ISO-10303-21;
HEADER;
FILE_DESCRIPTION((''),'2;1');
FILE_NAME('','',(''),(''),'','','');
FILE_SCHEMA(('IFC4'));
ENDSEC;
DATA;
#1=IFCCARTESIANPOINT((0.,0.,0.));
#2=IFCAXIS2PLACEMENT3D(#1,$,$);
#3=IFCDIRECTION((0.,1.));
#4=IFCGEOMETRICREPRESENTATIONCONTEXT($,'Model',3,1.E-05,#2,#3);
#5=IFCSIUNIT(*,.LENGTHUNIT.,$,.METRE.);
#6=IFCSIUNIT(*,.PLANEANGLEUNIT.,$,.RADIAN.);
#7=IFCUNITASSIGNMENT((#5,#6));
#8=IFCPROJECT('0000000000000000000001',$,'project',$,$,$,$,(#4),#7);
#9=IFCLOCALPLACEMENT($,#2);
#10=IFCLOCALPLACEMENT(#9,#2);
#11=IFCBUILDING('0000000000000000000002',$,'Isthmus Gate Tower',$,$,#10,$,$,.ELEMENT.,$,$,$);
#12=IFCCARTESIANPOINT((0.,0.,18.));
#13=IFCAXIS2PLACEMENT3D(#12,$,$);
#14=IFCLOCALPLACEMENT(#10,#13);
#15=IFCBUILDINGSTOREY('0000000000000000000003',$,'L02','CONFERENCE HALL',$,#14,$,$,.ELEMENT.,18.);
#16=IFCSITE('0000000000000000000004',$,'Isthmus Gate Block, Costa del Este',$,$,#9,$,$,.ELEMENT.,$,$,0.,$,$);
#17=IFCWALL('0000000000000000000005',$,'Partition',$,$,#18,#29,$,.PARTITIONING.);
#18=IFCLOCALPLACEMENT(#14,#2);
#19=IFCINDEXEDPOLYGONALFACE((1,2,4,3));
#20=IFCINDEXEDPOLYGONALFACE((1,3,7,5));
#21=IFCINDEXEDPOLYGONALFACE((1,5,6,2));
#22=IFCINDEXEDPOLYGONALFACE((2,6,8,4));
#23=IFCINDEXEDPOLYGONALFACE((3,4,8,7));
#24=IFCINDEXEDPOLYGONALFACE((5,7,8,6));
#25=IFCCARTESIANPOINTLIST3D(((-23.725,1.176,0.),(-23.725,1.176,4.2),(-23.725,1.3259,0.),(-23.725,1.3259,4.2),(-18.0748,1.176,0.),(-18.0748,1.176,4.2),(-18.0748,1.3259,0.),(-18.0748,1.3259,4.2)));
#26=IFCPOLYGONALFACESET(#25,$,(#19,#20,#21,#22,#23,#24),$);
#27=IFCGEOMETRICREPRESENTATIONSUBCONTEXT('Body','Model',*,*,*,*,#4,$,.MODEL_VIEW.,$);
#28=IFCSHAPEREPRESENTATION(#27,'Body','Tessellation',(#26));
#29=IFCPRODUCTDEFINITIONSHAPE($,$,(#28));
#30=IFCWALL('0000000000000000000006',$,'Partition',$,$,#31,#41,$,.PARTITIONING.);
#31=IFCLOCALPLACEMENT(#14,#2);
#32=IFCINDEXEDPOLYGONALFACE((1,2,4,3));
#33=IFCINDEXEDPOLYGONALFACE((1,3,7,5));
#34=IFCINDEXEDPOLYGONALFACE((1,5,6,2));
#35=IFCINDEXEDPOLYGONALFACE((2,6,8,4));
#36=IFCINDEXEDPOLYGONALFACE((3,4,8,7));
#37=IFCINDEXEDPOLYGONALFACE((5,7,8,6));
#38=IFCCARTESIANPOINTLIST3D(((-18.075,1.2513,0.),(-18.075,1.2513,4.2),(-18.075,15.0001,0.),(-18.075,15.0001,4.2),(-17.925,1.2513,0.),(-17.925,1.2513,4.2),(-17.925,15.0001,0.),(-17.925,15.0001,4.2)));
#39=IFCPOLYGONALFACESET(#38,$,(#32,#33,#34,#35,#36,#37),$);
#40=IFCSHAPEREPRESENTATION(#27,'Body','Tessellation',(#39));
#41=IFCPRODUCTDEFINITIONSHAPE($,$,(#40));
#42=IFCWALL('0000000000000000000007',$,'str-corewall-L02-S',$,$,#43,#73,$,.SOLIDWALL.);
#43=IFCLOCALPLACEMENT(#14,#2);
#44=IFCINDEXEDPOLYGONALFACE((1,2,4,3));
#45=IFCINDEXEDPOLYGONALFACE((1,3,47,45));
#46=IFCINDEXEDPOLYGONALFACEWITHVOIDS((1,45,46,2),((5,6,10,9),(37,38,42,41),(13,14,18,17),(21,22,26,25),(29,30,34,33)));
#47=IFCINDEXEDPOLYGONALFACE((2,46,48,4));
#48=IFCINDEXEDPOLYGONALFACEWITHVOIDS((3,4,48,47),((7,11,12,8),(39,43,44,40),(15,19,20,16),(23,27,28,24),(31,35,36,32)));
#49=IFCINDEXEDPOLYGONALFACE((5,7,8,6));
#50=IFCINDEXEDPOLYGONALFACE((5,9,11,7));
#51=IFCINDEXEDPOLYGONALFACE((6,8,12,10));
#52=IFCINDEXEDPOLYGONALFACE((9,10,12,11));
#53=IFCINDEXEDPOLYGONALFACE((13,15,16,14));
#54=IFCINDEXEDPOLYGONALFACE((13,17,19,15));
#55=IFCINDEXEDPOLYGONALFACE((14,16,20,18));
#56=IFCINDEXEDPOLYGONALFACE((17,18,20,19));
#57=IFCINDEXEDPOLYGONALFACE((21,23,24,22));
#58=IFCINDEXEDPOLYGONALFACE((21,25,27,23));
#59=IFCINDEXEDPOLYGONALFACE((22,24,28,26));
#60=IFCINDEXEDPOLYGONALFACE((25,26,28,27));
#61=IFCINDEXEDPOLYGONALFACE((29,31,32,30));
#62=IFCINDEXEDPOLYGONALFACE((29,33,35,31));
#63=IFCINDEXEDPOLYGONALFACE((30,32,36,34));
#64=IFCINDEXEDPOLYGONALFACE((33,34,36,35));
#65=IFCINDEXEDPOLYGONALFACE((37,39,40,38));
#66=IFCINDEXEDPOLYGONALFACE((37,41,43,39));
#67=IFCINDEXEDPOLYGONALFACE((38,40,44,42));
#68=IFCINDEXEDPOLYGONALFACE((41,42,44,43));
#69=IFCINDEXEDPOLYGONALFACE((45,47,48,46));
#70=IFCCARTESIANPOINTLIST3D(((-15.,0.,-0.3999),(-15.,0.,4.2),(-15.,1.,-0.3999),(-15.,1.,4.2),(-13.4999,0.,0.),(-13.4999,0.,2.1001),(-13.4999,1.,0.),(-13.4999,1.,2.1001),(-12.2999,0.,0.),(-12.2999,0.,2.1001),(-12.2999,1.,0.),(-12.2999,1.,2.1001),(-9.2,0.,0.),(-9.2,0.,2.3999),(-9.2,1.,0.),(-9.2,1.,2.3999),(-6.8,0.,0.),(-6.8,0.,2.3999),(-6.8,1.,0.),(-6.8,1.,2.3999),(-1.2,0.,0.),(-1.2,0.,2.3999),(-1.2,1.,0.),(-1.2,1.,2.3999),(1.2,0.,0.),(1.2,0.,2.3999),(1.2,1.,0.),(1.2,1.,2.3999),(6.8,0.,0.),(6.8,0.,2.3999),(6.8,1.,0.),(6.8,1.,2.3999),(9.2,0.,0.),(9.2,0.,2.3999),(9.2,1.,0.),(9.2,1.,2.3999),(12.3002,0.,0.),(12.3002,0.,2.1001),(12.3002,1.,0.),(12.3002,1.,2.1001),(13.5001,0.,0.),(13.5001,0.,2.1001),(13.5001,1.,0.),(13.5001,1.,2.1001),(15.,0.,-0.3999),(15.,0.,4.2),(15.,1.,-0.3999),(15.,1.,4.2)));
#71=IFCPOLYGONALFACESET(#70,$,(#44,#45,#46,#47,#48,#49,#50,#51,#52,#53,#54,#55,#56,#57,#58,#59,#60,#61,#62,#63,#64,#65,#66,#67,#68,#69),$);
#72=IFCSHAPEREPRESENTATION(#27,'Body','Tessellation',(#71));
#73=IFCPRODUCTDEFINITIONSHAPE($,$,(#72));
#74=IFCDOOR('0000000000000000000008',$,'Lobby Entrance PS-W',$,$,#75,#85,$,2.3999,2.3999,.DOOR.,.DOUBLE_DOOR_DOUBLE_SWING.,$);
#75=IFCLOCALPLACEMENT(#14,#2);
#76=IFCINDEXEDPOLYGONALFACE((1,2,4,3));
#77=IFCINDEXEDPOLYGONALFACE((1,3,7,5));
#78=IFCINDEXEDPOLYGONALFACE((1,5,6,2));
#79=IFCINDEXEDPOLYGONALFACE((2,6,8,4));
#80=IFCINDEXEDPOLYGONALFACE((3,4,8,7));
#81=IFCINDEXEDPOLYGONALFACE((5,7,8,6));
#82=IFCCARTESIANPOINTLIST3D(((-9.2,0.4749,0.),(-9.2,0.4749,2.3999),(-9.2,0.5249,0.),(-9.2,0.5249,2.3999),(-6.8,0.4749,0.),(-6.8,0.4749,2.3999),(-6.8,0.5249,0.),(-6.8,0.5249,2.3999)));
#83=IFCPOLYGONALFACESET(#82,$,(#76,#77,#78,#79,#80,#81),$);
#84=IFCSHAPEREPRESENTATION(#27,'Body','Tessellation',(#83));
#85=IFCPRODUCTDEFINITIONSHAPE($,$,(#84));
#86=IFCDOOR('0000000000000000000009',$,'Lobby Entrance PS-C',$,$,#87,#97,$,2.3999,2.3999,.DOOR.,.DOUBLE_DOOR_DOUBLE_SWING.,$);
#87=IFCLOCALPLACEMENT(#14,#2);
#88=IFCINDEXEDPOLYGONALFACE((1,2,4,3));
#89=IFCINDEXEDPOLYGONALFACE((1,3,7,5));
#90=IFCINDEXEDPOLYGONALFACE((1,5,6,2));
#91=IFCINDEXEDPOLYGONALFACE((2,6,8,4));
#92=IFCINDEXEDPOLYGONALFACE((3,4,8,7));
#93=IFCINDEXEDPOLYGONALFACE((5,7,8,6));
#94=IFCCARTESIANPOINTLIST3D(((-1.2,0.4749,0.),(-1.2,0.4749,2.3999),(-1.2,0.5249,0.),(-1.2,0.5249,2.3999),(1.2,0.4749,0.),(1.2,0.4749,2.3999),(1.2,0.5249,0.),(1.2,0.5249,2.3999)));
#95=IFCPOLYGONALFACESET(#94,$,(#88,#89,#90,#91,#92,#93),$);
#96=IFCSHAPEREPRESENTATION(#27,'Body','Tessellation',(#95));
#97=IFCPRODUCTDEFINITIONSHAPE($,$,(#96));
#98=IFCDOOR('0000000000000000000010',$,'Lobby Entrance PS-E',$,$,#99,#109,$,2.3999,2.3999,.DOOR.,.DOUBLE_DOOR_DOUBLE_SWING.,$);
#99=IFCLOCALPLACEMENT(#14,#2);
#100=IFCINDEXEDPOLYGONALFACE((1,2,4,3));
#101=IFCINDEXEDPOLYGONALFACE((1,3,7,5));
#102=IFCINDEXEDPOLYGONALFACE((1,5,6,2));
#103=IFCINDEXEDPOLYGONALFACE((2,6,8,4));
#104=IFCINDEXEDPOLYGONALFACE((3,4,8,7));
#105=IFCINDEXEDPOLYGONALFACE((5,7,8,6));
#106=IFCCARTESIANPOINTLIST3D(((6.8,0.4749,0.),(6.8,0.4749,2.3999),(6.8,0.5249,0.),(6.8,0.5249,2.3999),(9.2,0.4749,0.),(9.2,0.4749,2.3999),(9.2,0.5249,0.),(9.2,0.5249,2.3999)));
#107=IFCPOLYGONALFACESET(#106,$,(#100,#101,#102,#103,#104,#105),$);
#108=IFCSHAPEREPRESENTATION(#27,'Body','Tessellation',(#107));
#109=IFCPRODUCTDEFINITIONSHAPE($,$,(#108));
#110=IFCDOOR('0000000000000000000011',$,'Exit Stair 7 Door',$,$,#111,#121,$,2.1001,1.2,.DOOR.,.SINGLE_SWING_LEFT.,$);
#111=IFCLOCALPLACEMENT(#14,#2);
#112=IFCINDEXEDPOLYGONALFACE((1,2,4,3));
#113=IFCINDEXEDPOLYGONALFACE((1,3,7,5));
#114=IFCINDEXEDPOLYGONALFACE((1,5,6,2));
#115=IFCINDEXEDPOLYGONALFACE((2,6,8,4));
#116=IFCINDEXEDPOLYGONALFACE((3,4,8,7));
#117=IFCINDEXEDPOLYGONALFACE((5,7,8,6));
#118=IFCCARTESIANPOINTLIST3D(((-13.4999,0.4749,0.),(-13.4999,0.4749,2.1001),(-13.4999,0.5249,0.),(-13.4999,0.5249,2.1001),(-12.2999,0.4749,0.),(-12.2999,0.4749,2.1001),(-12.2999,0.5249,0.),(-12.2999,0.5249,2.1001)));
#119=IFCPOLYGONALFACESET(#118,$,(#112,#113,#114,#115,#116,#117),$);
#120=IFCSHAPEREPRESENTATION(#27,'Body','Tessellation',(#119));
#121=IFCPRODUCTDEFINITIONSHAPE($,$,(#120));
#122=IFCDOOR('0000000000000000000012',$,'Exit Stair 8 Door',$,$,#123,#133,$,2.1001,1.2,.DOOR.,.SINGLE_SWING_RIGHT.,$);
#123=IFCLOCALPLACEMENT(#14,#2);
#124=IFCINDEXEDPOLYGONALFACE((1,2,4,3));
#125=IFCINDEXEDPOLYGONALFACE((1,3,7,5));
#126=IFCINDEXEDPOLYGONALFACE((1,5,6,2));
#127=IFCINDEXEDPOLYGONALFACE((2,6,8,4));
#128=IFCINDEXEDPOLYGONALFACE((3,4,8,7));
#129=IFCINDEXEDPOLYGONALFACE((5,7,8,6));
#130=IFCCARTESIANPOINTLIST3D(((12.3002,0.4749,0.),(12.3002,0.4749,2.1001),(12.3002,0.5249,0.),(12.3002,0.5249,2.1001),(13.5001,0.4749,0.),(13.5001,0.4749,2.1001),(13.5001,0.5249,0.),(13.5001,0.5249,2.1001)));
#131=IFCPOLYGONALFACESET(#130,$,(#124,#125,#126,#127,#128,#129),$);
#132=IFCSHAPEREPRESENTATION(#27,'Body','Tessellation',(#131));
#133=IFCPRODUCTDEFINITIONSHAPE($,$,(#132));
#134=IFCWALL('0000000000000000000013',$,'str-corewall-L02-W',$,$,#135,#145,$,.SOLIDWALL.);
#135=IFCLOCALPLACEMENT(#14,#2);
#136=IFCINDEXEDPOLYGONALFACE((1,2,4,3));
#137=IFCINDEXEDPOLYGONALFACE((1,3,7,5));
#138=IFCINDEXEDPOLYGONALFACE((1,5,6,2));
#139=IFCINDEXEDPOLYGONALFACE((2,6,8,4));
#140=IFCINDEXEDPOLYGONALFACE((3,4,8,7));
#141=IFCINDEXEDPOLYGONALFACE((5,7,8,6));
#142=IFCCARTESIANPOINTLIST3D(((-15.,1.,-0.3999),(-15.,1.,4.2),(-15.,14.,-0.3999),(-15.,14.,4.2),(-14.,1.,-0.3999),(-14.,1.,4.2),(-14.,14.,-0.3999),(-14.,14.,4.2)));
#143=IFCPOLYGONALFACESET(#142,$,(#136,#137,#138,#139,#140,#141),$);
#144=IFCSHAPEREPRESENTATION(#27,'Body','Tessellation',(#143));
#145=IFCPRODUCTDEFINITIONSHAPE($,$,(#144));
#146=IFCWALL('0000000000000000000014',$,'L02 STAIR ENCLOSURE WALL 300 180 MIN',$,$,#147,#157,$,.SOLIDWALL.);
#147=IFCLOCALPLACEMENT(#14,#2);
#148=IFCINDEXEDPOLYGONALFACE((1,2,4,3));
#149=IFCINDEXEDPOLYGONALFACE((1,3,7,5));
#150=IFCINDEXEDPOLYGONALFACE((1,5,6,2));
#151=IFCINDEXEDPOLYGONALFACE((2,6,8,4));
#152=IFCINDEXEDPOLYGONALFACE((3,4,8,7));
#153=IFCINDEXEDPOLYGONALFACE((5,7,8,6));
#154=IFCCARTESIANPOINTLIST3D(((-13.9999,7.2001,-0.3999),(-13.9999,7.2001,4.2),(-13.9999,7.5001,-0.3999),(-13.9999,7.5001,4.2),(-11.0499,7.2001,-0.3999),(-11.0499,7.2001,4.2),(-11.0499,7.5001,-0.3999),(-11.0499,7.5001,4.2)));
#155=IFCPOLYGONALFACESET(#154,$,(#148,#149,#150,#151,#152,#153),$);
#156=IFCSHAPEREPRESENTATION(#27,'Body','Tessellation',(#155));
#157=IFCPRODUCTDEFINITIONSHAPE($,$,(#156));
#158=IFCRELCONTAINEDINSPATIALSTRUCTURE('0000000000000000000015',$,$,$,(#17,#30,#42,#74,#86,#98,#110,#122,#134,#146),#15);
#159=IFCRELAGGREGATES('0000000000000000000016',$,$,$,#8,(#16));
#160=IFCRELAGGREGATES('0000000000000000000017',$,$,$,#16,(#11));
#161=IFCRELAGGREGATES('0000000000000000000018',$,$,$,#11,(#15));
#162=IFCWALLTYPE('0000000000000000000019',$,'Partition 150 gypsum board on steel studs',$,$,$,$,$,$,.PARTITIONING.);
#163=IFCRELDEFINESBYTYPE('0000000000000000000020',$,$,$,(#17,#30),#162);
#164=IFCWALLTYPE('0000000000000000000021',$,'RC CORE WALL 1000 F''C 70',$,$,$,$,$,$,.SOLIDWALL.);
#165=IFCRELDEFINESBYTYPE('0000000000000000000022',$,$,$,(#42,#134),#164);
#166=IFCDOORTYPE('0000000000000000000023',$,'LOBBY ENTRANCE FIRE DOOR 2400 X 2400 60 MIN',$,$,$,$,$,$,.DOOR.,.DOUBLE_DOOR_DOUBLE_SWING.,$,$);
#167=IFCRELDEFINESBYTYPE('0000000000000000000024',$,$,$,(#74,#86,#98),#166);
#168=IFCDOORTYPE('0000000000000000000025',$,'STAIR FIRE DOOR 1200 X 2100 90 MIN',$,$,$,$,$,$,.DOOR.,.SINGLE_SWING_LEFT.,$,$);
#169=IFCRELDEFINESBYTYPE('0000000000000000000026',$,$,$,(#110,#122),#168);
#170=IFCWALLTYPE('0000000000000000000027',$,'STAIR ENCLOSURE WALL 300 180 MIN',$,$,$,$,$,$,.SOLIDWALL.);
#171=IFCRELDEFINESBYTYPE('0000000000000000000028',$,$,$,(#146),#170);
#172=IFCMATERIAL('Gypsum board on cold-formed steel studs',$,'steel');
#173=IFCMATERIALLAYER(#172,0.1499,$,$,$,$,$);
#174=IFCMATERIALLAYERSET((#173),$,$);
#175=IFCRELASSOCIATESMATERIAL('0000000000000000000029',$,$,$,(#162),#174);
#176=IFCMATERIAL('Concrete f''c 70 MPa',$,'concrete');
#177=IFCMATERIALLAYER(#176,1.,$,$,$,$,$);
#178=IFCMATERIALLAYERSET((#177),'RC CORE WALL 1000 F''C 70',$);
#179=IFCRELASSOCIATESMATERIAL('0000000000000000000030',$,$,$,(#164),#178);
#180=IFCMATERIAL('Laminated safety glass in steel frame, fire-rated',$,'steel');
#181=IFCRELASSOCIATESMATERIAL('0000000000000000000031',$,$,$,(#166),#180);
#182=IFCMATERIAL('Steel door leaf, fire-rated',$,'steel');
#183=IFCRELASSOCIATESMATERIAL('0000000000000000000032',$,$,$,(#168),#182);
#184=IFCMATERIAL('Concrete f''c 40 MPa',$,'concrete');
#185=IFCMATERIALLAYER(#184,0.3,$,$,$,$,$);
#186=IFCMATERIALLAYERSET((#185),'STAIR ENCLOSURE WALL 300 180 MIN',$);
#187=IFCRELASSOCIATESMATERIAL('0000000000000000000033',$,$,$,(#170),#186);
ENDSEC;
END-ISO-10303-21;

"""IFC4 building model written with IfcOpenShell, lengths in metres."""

from ifc_helpers import new_model, si_unit, direction, frame, frame_2d, origin, place, context, subcontext, project, spatial, rectangle, extrude, material, layer, layer_set, type_object, element, fill, save


model = new_model("IFC4")

# Units and contexts
model_context = context("Model", 3, precision=1e-05, world=origin(), true_north=direction((0.0, 1.0)))
body_context = subcontext(model_context, "Body", "Model", "MODEL_VIEW")
ifc_project = project(units=[si_unit("LENGTHUNIT", "METRE"), si_unit("PLANEANGLEUNIT", "RADIAN")], contexts=[model_context])

# Site, building, storey
site_placement = place(None, origin())
site = spatial("IfcSite", under=ifc_project, at=site_placement, Name="Isthmus Gate Block, Costa del Este", CompositionType="ELEMENT", RefElevation=0.0)
building_placement = place(site_placement, origin())
building = spatial("IfcBuilding", under=site, at=building_placement, Name="Isthmus Gate Tower", CompositionType="ELEMENT")
storey_placement = place(building_placement, frame((0.0, 0.0, 18.0)))
storey = spatial("IfcBuildingStorey", under=building, at=storey_placement, Name="L02", Description="CONFERENCE HALL", CompositionType="ELEMENT", Elevation=18.0)

# Shared definitions
ifc_material_1 = material(Name="Gypsum board on cold-formed steel studs", Category="steel")
ifc_layer_1 = layer(ifc_material_1, 0.1499)
ifc_layer_set_1 = layer_set([ifc_layer_1])
wall_type_1 = type_object("IfcWallType", Name="Partition 150 gypsum board on steel studs", PredefinedType="PARTITIONING", material=ifc_layer_set_1)

# Walls
wall_1_placement = place(storey_placement, frame((-23.7251, 1.251, 0.0), z_axis=(0.0, 0.0, 1.0), x_axis=(1.0, 0.0, 0.0)))
element("IfcWall", 1, at=wall_1_placement, inside=storey, type_object=wall_type_1, Name="Partition", PredefinedType="PARTITIONING", context=body_context, shape_type="SweptSolid", body=[
    extrude(rectangle(XDim=5.6501, YDim=0.1499, at=frame_2d((2.8252, 0.0))), origin(), (0.0, 0.0, 1.0), 4.2),
])
wall_2_placement = place(storey_placement, frame((-18.0, 1.2512, 0.0), z_axis=(0.0, 0.0, 1.0), x_axis=(0.0, 1.0, 0.0)))
element("IfcWall", 2, at=wall_2_placement, inside=storey, type_object=wall_type_1, Name="Partition", PredefinedType="PARTITIONING", context=body_context, shape_type="SweptSolid", body=[
    extrude(rectangle(XDim=13.7488, YDim=0.1499, at=frame_2d((6.8745, 0.0))), origin(), (0.0, 0.0, 1.0), 4.2),
])

# Wall, openings, doors
ifc_material_2 = material(Name="Concrete f'c 70 MPa", Category="concrete")
ifc_layer_2 = layer(ifc_material_2, 1.0)
ifc_layer_set_2 = layer_set([ifc_layer_2], Name="RC CORE WALL 1000 F'C 70")
wall_type_2 = type_object("IfcWallType", Name="RC CORE WALL 1000 F'C 70", PredefinedType="SOLIDWALL", material=ifc_layer_set_2)
wall_3_placement = place(storey_placement, frame((-15.0, 0.5, -0.3999), z_axis=(0.0, 0.0, 1.0), x_axis=(1.0, 0.0, 0.0)))
wall_3 = element("IfcWall", 3, at=wall_3_placement, inside=storey, type_object=wall_type_2, Name="str-corewall-L02-S", PredefinedType="SOLIDWALL", context=body_context, shape_type="SweptSolid", body=[
    extrude(rectangle(XDim=30.0, YDim=1.0, at=frame_2d((15.0, 0.0))), origin(), (0.0, 0.0, 1.0), 4.5999),
])
opening_1_placement = place(wall_3_placement, frame((5.8, 0.0, 0.3999)))
opening_1 = element("IfcOpeningElement", 4, at=opening_1_placement, cuts=wall_3, PredefinedType="OPENING", context=body_context, shape_type="SweptSolid", body=[
    extrude(rectangle(XDim=2.3999, YDim=2.3999, at=frame_2d((1.2, 1.2))), frame((0.0, 0.51, 0.0), z_axis=(0.0, -1.0, 0.0), x_axis=(1.0, 0.0, 0.0)), (0.0, 0.0, 1.0), 1.02),
])
opening_2_placement = place(wall_3_placement, frame((13.8, 0.0, 0.3999)))
opening_2 = element("IfcOpeningElement", 5, at=opening_2_placement, cuts=wall_3, PredefinedType="OPENING", context=body_context, shape_type="SweptSolid", body=[
    extrude(rectangle(XDim=2.3999, YDim=2.3999, at=frame_2d((1.2, 1.2))), frame((0.0, 0.51, 0.0), z_axis=(0.0, -1.0, 0.0), x_axis=(1.0, 0.0, 0.0)), (0.0, 0.0, 1.0), 1.02),
])
opening_3_placement = place(wall_3_placement, frame((21.8, 0.0, 0.3999)))
opening_3 = element("IfcOpeningElement", 6, at=opening_3_placement, cuts=wall_3, PredefinedType="OPENING", context=body_context, shape_type="SweptSolid", body=[
    extrude(rectangle(XDim=2.3999, YDim=2.3999, at=frame_2d((1.2, 1.2))), frame((0.0, 0.51, 0.0), z_axis=(0.0, -1.0, 0.0), x_axis=(1.0, 0.0, 0.0)), (0.0, 0.0, 1.0), 1.02),
])
opening_4_placement = place(wall_3_placement, frame((1.5, 0.0, 0.3999)))
opening_4 = element("IfcOpeningElement", 7, at=opening_4_placement, cuts=wall_3, PredefinedType="OPENING", context=body_context, shape_type="SweptSolid", body=[
    extrude(rectangle(XDim=1.2, YDim=2.1001, at=frame_2d((0.6001, 1.05))), frame((0.0, 0.51, 0.0), z_axis=(0.0, -1.0, 0.0), x_axis=(1.0, 0.0, 0.0)), (0.0, 0.0, 1.0), 1.02),
])
opening_5_placement = place(wall_3_placement, frame((27.3, 0.0, 0.3999)))
opening_5 = element("IfcOpeningElement", 8, at=opening_5_placement, cuts=wall_3, PredefinedType="OPENING", context=body_context, shape_type="SweptSolid", body=[
    extrude(rectangle(XDim=1.2, YDim=2.1001, at=frame_2d((0.6001, 1.05))), frame((0.0, 0.51, 0.0), z_axis=(0.0, -1.0, 0.0), x_axis=(1.0, 0.0, 0.0)), (0.0, 0.0, 1.0), 1.02),
])
ifc_material_3 = material(Name="Laminated safety glass in steel frame, fire-rated", Category="steel")
door_type_1 = type_object("IfcDoorType", Name="LOBBY ENTRANCE FIRE DOOR 2400 X 2400 60 MIN", OperationType="DOUBLE_DOOR_DOUBLE_SWING", PredefinedType="DOOR", material=ifc_material_3)
door_1_placement = place(opening_1_placement, origin())
door_1 = element("IfcDoor", 9, at=door_1_placement, inside=storey, type_object=door_type_1, Name="Lobby Entrance PS-W", OperationType="DOUBLE_DOOR_DOUBLE_SWING", OverallHeight=2.3999, OverallWidth=2.3999, PredefinedType="DOOR", context=body_context, shape_type="SweptSolid", body=[
    extrude(rectangle(XDim=2.3999, YDim=2.3999, at=frame_2d((1.2, 1.2))), frame((0.0, 0.0249, 0.0), z_axis=(0.0, -1.0, 0.0), x_axis=(1.0, 0.0, 0.0)), (0.0, 0.0, 1.0), 0.05),
])
fill(opening_1, door_1)
door_2_placement = place(opening_2_placement, origin())
door_2 = element("IfcDoor", 10, at=door_2_placement, inside=storey, type_object=door_type_1, Name="Lobby Entrance PS-C", OperationType="DOUBLE_DOOR_DOUBLE_SWING", OverallHeight=2.3999, OverallWidth=2.3999, PredefinedType="DOOR", context=body_context, shape_type="SweptSolid", body=[
    extrude(rectangle(XDim=2.3999, YDim=2.3999, at=frame_2d((1.2, 1.2))), frame((0.0, 0.0249, 0.0), z_axis=(0.0, -1.0, 0.0), x_axis=(1.0, 0.0, 0.0)), (0.0, 0.0, 1.0), 0.05),
])
fill(opening_2, door_2)
door_3_placement = place(opening_3_placement, origin())
door_3 = element("IfcDoor", 11, at=door_3_placement, inside=storey, type_object=door_type_1, Name="Lobby Entrance PS-E", OperationType="DOUBLE_DOOR_DOUBLE_SWING", OverallHeight=2.3999, OverallWidth=2.3999, PredefinedType="DOOR", context=body_context, shape_type="SweptSolid", body=[
    extrude(rectangle(XDim=2.3999, YDim=2.3999, at=frame_2d((1.2, 1.2))), frame((0.0, 0.0249, 0.0), z_axis=(0.0, -1.0, 0.0), x_axis=(1.0, 0.0, 0.0)), (0.0, 0.0, 1.0), 0.05),
])
fill(opening_3, door_3)
ifc_material_4 = material(Name="Steel door leaf, fire-rated", Category="steel")
door_type_2 = type_object("IfcDoorType", Name="STAIR FIRE DOOR 1200 X 2100 90 MIN", OperationType="SINGLE_SWING_LEFT", PredefinedType="DOOR", material=ifc_material_4)
door_4_placement = place(opening_4_placement, origin())
door_4 = element("IfcDoor", 12, at=door_4_placement, inside=storey, type_object=door_type_2, Name="Exit Stair 7 Door", OperationType="SINGLE_SWING_LEFT", OverallHeight=2.1001, OverallWidth=1.2, PredefinedType="DOOR", context=body_context, shape_type="SweptSolid", body=[
    extrude(rectangle(XDim=1.2, YDim=2.1001, at=frame_2d((0.6001, 1.05))), frame((0.0, 0.0249, 0.0), z_axis=(0.0, -1.0, 0.0), x_axis=(1.0, 0.0, 0.0)), (0.0, 0.0, 1.0), 0.05),
])
fill(opening_4, door_4)
door_5_placement = place(opening_5_placement, origin())
door_5 = element("IfcDoor", 13, at=door_5_placement, inside=storey, type_object=door_type_2, Name="Exit Stair 8 Door", OperationType="SINGLE_SWING_RIGHT", OverallHeight=2.1001, OverallWidth=1.2, PredefinedType="DOOR", context=body_context, shape_type="SweptSolid", body=[
    extrude(rectangle(XDim=1.2, YDim=2.1001, at=frame_2d((0.6001, 1.05))), frame((0.0, 0.0249, 0.0), z_axis=(0.0, -1.0, 0.0), x_axis=(1.0, 0.0, 0.0)), (0.0, 0.0, 1.0), 0.05),
])
fill(opening_5, door_5)

# Walls
wall_4_placement = place(storey_placement, frame((-14.5, 1.0, -0.3999), z_axis=(0.0, 0.0, 1.0), x_axis=(0.0, 1.0, 0.0)))
element("IfcWall", 14, at=wall_4_placement, inside=storey, type_object=wall_type_2, Name="str-corewall-L02-W", PredefinedType="SOLIDWALL", context=body_context, shape_type="SweptSolid", body=[
    extrude(rectangle(XDim=13.0, YDim=1.0, at=frame_2d((6.5, 0.0))), origin(), (0.0, 0.0, 1.0), 4.5999),
])
ifc_material_5 = material(Name="Concrete f'c 40 MPa", Category="concrete")
ifc_layer_3 = layer(ifc_material_5, 0.3)
ifc_layer_set_3 = layer_set([ifc_layer_3], Name="STAIR ENCLOSURE WALL 300 180 MIN")
wall_type_3 = type_object("IfcWallType", Name="STAIR ENCLOSURE WALL 300 180 MIN", PredefinedType="SOLIDWALL", material=ifc_layer_set_3)
wall_5_placement = place(storey_placement, frame((-14.0, 7.3501, -0.3999), z_axis=(0.0, 0.0, 1.0), x_axis=(1.0, 0.0, 0.0)))
element("IfcWall", 15, at=wall_5_placement, inside=storey, type_object=wall_type_3, Name="L02 STAIR ENCLOSURE WALL 300 180 MIN", PredefinedType="SOLIDWALL", context=body_context, shape_type="SweptSolid", body=[
    extrude(rectangle(XDim=2.95, YDim=0.3, at=frame_2d((1.4751, 0.0))), origin(), (0.0, 0.0, 1.0), 4.5999),
])

save(model, "model.ifc")
